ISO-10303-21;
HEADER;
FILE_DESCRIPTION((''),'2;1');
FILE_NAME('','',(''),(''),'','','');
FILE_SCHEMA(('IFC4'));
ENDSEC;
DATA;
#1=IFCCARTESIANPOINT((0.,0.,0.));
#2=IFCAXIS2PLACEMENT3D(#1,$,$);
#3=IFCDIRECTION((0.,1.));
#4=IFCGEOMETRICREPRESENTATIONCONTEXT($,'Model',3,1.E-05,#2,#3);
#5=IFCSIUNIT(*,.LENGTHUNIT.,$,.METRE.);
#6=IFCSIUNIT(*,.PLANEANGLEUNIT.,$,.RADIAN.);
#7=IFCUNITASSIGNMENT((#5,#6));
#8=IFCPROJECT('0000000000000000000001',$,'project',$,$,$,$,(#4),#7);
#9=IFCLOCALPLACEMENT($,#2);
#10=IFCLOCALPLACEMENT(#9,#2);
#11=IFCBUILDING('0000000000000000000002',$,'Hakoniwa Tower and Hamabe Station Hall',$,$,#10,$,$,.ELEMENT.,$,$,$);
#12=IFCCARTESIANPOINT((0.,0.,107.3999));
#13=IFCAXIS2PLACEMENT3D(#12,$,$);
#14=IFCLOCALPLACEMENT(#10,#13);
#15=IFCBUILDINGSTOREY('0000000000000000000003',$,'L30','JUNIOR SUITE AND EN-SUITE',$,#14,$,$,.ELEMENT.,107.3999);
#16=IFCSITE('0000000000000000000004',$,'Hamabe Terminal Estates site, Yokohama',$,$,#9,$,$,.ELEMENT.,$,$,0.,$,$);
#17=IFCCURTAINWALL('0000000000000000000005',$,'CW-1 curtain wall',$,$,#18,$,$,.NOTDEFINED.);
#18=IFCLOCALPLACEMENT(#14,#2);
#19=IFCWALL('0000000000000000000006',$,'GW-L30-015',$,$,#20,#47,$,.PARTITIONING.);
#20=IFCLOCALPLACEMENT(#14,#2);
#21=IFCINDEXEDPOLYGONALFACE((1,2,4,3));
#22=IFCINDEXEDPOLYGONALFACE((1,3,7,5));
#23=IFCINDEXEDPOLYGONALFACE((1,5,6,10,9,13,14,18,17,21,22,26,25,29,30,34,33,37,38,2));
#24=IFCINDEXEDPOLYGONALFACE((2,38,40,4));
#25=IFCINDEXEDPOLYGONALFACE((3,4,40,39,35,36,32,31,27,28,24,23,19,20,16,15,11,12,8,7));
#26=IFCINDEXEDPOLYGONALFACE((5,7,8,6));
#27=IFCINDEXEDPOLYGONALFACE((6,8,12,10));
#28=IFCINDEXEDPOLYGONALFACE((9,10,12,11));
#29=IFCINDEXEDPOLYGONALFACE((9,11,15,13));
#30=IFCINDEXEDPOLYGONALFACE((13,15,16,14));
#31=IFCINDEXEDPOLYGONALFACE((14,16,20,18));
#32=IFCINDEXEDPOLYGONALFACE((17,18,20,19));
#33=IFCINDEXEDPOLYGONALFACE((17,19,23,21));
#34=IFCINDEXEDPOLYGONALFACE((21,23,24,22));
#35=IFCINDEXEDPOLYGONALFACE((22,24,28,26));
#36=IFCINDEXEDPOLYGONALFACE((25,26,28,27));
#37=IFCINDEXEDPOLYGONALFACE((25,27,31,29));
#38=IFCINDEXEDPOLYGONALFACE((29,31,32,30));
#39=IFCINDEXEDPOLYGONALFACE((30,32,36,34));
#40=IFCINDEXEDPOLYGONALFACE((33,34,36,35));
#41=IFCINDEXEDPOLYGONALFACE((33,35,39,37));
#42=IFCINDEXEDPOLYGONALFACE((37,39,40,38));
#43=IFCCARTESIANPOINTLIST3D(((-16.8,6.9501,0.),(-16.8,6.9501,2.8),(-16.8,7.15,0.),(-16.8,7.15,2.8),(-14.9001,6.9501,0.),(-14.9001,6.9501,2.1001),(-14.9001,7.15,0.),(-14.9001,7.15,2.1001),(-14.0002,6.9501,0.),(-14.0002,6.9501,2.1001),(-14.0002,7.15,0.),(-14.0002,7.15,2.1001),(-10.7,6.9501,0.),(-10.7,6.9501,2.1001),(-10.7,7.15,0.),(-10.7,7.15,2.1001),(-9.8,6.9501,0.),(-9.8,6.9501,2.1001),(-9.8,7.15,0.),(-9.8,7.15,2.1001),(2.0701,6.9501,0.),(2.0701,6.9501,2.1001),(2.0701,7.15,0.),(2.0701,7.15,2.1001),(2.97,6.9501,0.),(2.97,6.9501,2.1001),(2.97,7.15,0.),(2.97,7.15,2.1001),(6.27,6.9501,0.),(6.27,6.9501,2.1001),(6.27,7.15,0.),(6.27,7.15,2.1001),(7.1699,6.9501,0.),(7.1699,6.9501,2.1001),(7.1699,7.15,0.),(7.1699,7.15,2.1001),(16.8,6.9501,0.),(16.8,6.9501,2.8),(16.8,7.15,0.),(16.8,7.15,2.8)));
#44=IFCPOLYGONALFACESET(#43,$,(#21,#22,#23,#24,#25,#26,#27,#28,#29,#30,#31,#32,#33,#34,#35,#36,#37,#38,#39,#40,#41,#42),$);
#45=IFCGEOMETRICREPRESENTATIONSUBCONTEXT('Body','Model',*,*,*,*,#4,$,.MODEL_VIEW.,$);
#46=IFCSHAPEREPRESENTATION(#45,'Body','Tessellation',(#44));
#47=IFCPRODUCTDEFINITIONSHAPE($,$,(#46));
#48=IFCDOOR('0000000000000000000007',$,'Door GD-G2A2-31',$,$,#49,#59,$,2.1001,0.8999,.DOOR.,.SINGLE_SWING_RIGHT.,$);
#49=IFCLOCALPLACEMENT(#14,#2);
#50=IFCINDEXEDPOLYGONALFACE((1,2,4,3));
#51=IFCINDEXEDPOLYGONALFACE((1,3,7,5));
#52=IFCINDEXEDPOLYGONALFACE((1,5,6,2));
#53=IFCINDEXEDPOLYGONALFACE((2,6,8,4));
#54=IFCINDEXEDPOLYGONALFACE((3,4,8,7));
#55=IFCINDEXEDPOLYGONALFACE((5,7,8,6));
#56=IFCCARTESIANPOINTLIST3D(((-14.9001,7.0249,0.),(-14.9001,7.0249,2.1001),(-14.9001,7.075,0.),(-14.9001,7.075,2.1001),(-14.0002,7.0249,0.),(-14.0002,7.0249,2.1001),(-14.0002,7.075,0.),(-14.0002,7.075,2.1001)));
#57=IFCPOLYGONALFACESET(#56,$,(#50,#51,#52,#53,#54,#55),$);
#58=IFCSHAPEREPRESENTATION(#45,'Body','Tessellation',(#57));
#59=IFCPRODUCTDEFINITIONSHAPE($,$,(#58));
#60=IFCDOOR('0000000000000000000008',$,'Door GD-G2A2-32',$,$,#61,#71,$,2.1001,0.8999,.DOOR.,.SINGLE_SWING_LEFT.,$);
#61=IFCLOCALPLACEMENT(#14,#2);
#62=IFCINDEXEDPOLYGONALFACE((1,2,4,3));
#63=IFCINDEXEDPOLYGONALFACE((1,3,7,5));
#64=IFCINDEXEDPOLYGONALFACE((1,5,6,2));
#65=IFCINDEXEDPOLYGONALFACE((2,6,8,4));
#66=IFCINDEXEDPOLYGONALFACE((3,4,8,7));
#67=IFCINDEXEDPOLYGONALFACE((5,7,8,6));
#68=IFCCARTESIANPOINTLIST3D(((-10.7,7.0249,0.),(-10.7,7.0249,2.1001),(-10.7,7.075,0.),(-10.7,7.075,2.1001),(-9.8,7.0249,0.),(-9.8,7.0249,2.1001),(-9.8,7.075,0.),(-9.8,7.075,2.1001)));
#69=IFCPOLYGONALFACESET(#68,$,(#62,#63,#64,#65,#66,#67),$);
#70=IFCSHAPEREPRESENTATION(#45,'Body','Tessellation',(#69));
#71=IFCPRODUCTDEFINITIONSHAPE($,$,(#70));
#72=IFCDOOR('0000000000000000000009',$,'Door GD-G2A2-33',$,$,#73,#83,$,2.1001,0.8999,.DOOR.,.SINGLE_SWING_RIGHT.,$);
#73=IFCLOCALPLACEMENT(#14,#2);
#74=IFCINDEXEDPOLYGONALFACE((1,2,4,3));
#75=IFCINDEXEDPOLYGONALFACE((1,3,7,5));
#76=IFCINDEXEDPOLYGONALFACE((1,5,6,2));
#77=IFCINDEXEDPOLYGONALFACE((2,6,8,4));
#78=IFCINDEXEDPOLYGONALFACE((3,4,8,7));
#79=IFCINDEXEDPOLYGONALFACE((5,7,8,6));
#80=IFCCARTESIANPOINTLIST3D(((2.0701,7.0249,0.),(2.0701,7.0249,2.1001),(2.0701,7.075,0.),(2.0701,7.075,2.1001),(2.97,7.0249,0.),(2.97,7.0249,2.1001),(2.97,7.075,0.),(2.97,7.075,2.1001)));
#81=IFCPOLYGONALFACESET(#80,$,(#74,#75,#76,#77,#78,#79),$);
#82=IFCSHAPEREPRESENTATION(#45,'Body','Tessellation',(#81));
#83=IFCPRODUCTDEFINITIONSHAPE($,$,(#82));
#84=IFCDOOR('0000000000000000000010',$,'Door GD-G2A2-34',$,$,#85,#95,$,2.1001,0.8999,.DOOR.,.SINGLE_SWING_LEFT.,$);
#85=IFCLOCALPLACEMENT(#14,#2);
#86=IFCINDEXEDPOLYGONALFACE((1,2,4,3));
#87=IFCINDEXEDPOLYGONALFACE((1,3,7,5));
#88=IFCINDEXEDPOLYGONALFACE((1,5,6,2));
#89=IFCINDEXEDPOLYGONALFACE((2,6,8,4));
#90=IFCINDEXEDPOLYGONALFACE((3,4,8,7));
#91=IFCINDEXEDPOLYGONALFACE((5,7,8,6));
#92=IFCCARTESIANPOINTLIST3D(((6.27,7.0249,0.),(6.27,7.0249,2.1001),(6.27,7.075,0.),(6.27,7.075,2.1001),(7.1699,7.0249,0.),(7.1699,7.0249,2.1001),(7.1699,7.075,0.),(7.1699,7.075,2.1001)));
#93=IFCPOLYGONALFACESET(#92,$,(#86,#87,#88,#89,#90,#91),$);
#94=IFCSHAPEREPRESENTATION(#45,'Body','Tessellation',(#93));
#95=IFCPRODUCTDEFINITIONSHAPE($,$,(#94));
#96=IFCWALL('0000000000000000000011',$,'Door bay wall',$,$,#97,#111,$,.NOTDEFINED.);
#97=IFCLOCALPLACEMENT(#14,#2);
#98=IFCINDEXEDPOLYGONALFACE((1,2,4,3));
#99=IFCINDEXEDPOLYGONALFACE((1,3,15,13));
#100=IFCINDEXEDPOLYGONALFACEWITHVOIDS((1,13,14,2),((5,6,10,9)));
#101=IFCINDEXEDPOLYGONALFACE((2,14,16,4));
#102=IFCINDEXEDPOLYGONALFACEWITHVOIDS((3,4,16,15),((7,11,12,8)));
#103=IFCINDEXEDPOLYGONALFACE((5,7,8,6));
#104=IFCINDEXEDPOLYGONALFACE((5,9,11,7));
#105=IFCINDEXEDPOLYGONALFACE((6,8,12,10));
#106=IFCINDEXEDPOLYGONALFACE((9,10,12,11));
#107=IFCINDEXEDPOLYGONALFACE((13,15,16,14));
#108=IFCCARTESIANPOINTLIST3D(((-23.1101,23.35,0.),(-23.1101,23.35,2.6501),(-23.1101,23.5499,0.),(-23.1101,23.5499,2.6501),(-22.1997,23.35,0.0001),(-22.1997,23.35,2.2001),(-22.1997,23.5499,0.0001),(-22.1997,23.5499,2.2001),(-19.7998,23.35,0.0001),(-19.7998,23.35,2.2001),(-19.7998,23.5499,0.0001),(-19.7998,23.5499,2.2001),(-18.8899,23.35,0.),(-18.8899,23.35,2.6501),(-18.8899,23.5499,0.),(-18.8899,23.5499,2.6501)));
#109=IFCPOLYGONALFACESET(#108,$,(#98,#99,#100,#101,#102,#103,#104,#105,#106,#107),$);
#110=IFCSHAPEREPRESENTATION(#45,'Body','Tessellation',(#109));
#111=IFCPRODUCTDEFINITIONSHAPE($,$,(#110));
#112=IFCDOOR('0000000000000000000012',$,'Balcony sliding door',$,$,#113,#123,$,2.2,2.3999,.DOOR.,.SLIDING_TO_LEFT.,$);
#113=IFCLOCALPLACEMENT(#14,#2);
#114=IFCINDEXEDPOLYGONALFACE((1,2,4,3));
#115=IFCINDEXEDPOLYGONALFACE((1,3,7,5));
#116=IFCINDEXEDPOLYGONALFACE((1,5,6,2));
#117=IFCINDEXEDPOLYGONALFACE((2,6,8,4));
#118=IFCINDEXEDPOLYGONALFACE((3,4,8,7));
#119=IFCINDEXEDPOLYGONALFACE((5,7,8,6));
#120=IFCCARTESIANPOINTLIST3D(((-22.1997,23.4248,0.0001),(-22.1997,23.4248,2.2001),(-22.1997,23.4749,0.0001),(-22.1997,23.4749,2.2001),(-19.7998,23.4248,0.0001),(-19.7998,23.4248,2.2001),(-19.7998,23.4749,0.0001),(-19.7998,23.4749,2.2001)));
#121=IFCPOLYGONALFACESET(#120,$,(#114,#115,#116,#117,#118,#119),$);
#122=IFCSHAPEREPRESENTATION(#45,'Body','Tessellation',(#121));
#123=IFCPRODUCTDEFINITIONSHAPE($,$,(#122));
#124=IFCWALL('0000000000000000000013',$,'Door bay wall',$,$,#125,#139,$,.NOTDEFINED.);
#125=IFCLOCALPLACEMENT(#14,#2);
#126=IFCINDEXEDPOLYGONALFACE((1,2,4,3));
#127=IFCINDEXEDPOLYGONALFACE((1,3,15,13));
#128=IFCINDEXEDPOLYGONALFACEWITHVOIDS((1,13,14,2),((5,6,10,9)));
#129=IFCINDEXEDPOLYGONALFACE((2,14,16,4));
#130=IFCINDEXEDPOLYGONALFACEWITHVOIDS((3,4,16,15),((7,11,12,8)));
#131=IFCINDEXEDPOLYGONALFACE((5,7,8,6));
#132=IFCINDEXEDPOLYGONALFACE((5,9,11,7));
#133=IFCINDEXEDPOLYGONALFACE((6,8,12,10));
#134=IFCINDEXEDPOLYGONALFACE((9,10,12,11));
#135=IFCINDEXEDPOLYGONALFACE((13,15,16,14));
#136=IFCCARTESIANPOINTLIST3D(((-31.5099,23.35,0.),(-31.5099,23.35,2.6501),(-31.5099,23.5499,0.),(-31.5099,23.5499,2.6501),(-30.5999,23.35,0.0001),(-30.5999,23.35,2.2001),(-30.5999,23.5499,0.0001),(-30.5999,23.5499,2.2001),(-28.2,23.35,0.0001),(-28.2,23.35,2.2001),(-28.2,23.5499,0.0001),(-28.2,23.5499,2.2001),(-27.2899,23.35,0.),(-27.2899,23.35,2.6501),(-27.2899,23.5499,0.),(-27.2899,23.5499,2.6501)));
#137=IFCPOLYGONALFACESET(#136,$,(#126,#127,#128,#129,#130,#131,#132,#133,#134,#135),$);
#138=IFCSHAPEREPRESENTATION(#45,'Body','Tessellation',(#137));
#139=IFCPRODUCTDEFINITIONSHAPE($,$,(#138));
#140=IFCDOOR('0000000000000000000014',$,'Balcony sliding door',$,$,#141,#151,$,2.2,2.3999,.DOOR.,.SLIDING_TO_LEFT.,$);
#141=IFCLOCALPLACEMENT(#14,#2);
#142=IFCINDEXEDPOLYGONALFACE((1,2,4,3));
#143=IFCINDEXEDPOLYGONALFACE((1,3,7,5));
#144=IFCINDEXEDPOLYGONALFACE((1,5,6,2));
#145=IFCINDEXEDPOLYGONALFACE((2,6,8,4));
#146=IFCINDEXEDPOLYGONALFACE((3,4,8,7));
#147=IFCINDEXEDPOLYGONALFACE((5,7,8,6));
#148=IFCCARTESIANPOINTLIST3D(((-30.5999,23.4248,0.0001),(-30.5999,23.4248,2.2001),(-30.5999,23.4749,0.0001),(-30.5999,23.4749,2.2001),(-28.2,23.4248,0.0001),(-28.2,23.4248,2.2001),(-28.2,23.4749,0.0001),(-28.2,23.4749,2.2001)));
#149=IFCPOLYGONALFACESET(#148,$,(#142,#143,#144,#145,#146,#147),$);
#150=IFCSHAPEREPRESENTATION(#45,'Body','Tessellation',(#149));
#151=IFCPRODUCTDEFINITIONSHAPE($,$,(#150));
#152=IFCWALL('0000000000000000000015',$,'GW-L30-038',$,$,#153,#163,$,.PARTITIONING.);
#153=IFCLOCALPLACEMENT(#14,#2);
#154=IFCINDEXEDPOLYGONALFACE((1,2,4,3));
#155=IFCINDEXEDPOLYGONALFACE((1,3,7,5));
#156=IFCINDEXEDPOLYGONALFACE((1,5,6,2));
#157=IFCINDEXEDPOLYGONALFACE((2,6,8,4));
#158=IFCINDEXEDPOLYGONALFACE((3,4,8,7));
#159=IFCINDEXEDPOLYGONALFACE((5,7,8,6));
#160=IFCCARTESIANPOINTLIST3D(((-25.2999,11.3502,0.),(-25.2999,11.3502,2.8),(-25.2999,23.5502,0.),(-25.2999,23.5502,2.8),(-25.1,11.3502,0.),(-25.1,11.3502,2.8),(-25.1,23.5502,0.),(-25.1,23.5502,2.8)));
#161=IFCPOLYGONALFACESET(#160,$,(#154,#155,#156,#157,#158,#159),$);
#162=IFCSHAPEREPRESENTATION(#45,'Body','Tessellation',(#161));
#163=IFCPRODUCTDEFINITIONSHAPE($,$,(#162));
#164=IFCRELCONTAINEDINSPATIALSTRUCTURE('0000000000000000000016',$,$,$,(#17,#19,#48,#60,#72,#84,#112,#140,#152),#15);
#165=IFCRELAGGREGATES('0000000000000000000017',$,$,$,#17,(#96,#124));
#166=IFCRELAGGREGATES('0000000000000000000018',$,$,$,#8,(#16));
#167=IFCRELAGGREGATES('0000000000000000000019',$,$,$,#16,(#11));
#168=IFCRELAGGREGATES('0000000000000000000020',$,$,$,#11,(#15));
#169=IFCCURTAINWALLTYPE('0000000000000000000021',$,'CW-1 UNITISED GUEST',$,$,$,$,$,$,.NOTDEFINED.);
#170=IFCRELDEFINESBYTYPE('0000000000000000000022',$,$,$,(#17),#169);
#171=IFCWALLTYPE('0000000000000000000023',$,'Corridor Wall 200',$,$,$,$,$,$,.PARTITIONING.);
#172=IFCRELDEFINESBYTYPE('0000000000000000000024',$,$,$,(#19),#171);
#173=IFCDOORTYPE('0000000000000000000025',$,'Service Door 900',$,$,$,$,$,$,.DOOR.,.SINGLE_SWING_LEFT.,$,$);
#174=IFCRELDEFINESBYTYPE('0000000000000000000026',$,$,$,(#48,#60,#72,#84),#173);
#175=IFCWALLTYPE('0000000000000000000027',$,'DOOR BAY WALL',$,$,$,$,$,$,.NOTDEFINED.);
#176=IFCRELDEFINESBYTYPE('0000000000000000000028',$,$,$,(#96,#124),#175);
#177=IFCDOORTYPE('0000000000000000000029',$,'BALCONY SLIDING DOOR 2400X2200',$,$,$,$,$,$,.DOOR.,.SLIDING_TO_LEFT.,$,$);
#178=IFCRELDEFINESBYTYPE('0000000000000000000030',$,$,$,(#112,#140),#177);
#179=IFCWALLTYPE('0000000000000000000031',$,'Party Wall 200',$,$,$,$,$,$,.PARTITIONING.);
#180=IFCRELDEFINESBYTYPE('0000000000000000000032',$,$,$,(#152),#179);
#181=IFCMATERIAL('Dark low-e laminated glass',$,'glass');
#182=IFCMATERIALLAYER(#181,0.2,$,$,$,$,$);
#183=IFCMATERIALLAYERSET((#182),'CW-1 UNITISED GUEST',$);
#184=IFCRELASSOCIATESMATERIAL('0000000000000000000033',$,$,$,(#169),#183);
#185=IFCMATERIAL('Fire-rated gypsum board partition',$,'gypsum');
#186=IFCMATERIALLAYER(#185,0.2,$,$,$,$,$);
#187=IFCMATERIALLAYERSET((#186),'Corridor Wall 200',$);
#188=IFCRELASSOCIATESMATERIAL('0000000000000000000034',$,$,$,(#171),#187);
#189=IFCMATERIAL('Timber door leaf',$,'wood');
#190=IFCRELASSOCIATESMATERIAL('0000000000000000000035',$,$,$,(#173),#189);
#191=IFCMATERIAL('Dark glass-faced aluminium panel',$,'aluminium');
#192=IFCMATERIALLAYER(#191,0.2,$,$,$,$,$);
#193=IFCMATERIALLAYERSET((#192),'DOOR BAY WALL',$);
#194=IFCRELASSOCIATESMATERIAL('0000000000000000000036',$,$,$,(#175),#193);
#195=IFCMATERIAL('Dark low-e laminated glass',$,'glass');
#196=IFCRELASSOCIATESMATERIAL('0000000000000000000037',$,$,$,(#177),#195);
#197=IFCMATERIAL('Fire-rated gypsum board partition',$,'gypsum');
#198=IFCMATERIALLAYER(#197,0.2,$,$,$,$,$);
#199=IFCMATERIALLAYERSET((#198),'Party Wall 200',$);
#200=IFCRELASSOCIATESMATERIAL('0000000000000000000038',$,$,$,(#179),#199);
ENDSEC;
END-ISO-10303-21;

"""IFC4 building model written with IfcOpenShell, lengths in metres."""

from ifc_helpers import new_model, si_unit, direction, frame, frame_2d, origin, place, context, subcontext, project, spatial, rectangle, extrude, material, layer, layer_set, type_object, element, fill, aggregate, save


model = new_model("IFC4")

# Units and contexts
model_context = context("Model", 3, precision=1e-05, world=origin(), true_north=direction((0.0, 1.0)))
body_context = subcontext(model_context, "Body", "Model", "MODEL_VIEW")
ifc_project = project(units=[si_unit("LENGTHUNIT", "METRE"), si_unit("PLANEANGLEUNIT", "RADIAN")], contexts=[model_context])

# Site, building, storey
site_placement = place(None, origin())
site = spatial("IfcSite", under=ifc_project, at=site_placement, Name="Hamabe Terminal Estates site, Yokohama", CompositionType="ELEMENT", RefElevation=0.0)
building_placement = place(site_placement, origin())
building = spatial("IfcBuilding", under=site, at=building_placement, Name="Hakoniwa Tower and Hamabe Station Hall", CompositionType="ELEMENT")
storey_placement = place(building_placement, frame((0.0, 0.0, 107.3999)))
storey = spatial("IfcBuildingStorey", under=building, at=storey_placement, Name="L30", Description="JUNIOR SUITE AND EN-SUITE", CompositionType="ELEMENT", Elevation=107.3999)

# Curtain wall
ifc_material_1 = material(Name="Dark low-e laminated glass", Category="glass")
ifc_layer_1 = layer(ifc_material_1, 0.2)
ifc_layer_set_1 = layer_set([ifc_layer_1], Name="CW-1 UNITISED GUEST")
curtain_wall_type = type_object("IfcCurtainWallType", Name="CW-1 UNITISED GUEST", PredefinedType="NOTDEFINED", material=ifc_layer_set_1)
curtain_wall_placement = place(storey_placement, origin())
curtain_wall = element("IfcCurtainWall", 1, at=curtain_wall_placement, inside=storey, type_object=curtain_wall_type, Name="CW-1 curtain wall", PredefinedType="NOTDEFINED")

# Wall, openings, doors
ifc_material_2 = material(Name="Fire-rated gypsum board partition", Category="gypsum")
ifc_layer_2 = layer(ifc_material_2, 0.2)
ifc_layer_set_2 = layer_set([ifc_layer_2], Name="Corridor Wall 200")
wall_type_1 = type_object("IfcWallType", Name="Corridor Wall 200", PredefinedType="PARTITIONING", material=ifc_layer_set_2)
ifc_material_3 = material(Name="Timber door leaf", Category="wood")
door_type_1 = type_object("IfcDoorType", Name="Service Door 900", OperationType="SINGLE_SWING_LEFT", PredefinedType="DOOR", material=ifc_material_3)
wall_1_placement = place(storey_placement, frame((-16.8, 7.05, 0.0), z_axis=(0.0, 0.0, 1.0), x_axis=(1.0, 0.0, 0.0)))
wall_1 = element("IfcWall", 2, at=wall_1_placement, inside=storey, type_object=wall_type_1, Name="GW-L30-015", PredefinedType="PARTITIONING", context=body_context, shape_type="SweptSolid", body=[
    extrude(rectangle(XDim=33.6001, YDim=0.2, at=frame_2d((16.8, 0.0))), origin(), (0.0, 0.0, 1.0), 2.8),
])
opening_1_placement = place(wall_1_placement, frame((1.8999, 0.0, 0.0)))
opening_1 = element("IfcOpeningElement", 3, at=opening_1_placement, cuts=wall_1, PredefinedType="OPENING", context=body_context, shape_type="SweptSolid", body=[
    extrude(rectangle(XDim=0.8999, YDim=2.1001, at=frame_2d((0.45, 1.05))), frame((0.0, 0.1099, 0.0), z_axis=(0.0, -1.0, 0.0), x_axis=(1.0, 0.0, 0.0)), (0.0, 0.0, 1.0), 0.22),
])
opening_2_placement = place(wall_1_placement, frame((6.1001, 0.0, 0.0)))
opening_2 = element("IfcOpeningElement", 4, at=opening_2_placement, cuts=wall_1, PredefinedType="OPENING", context=body_context, shape_type="SweptSolid", body=[
    extrude(rectangle(XDim=0.8999, YDim=2.1001, at=frame_2d((0.45, 1.05))), frame((0.0, 0.1099, 0.0), z_axis=(0.0, -1.0, 0.0), x_axis=(1.0, 0.0, 0.0)), (0.0, 0.0, 1.0), 0.22),
])
opening_3_placement = place(wall_1_placement, frame((18.8701, 0.0, 0.0)))
opening_3 = element("IfcOpeningElement", 5, at=opening_3_placement, cuts=wall_1, PredefinedType="OPENING", context=body_context, shape_type="SweptSolid", body=[
    extrude(rectangle(XDim=0.8999, YDim=2.1001, at=frame_2d((0.45, 1.05))), frame((0.0, 0.1099, 0.0), z_axis=(0.0, -1.0, 0.0), x_axis=(1.0, 0.0, 0.0)), (0.0, 0.0, 1.0), 0.22),
])
opening_4_placement = place(wall_1_placement, frame((23.0701, 0.0, 0.0)))
opening_4 = element("IfcOpeningElement", 6, at=opening_4_placement, cuts=wall_1, PredefinedType="OPENING", context=body_context, shape_type="SweptSolid", body=[
    extrude(rectangle(XDim=0.8999, YDim=2.1001, at=frame_2d((0.45, 1.05))), frame((0.0, 0.1099, 0.0), z_axis=(0.0, -1.0, 0.0), x_axis=(1.0, 0.0, 0.0)), (0.0, 0.0, 1.0), 0.22),
])
door_1_placement = place(opening_1_placement, origin())
door_1 = element("IfcDoor", 7, at=door_1_placement, inside=storey, type_object=door_type_1, Name="Door GD-G2A2-31", OperationType="SINGLE_SWING_RIGHT", OverallHeight=2.1001, OverallWidth=0.8999, PredefinedType="DOOR", context=body_context, shape_type="SweptSolid", body=[
    extrude(rectangle(XDim=0.8999, YDim=2.1001, at=frame_2d((0.45, 1.05))), frame((0.0, 0.0249, 0.0), z_axis=(0.0, -1.0, 0.0), x_axis=(1.0, 0.0, 0.0)), (0.0, 0.0, 1.0), 0.05),
])
fill(opening_1, door_1)
door_2_placement = place(opening_2_placement, origin())
door_2 = element("IfcDoor", 8, at=door_2_placement, inside=storey, type_object=door_type_1, Name="Door GD-G2A2-32", OperationType="SINGLE_SWING_LEFT", OverallHeight=2.1001, OverallWidth=0.8999, PredefinedType="DOOR", context=body_context, shape_type="SweptSolid", body=[
    extrude(rectangle(XDim=0.8999, YDim=2.1001, at=frame_2d((0.45, 1.05))), frame((0.0, 0.0249, 0.0), z_axis=(0.0, -1.0, 0.0), x_axis=(1.0, 0.0, 0.0)), (0.0, 0.0, 1.0), 0.05),
])
fill(opening_2, door_2)
door_3_placement = place(opening_3_placement, origin())
door_3 = element("IfcDoor", 9, at=door_3_placement, inside=storey, type_object=door_type_1, Name="Door GD-G2A2-33", OperationType="SINGLE_SWING_RIGHT", OverallHeight=2.1001, OverallWidth=0.8999, PredefinedType="DOOR", context=body_context, shape_type="SweptSolid", body=[
    extrude(rectangle(XDim=0.8999, YDim=2.1001, at=frame_2d((0.45, 1.05))), frame((0.0, 0.0249, 0.0), z_axis=(0.0, -1.0, 0.0), x_axis=(1.0, 0.0, 0.0)), (0.0, 0.0, 1.0), 0.05),
])
fill(opening_3, door_3)
door_4_placement = place(opening_4_placement, origin())
door_4 = element("IfcDoor", 10, at=door_4_placement, inside=storey, type_object=door_type_1, Name="Door GD-G2A2-34", OperationType="SINGLE_SWING_LEFT", OverallHeight=2.1001, OverallWidth=0.8999, PredefinedType="DOOR", context=body_context, shape_type="SweptSolid", body=[
    extrude(rectangle(XDim=0.8999, YDim=2.1001, at=frame_2d((0.45, 1.05))), frame((0.0, 0.0249, 0.0), z_axis=(0.0, -1.0, 0.0), x_axis=(1.0, 0.0, 0.0)), (0.0, 0.0, 1.0), 0.05),
])
fill(opening_4, door_4)

# Walls, openings, doors
ifc_material_4 = material(Name="Dark glass-faced aluminium panel", Category="aluminium")
ifc_layer_3 = layer(ifc_material_4, 0.2)
ifc_layer_set_3 = layer_set([ifc_layer_3], Name="DOOR BAY WALL")
wall_type_2 = type_object("IfcWallType", Name="DOOR BAY WALL", PredefinedType="NOTDEFINED", material=ifc_layer_set_3)
wall_2_placement = place(storey_placement, frame((-18.8899, 23.45, 0.0), z_axis=(0.0, 0.0, 1.0), x_axis=(-1.0, 0.0, 0.0)))
wall_2 = element("IfcWall", 11, at=wall_2_placement, type_object=wall_type_2, Name="Door bay wall", PredefinedType="NOTDEFINED", context=body_context, shape_type="SweptSolid", body=[
    extrude(rectangle(XDim=4.2202, YDim=0.2, at=frame_2d((2.1101, 0.0))), origin(), (0.0, 0.0, 1.0), 2.6501),
])
opening_5_placement = place(wall_2_placement, frame((0.9099, 0.0, 0.0)))
opening_5 = element("IfcOpeningElement", 12, at=opening_5_placement, cuts=wall_2, PredefinedType="OPENING", context=body_context, shape_type="SweptSolid", body=[
    extrude(rectangle(XDim=2.3999, YDim=2.2, at=frame_2d((1.2, 1.1001))), frame((0.0, 0.1099, 0.0), z_axis=(0.0, -1.0, 0.0), x_axis=(1.0, 0.0, 0.0)), (0.0, 0.0, 1.0), 0.22),
])
ifc_material_5 = material(Name="Dark low-e laminated glass", Category="glass")
door_type_2 = type_object("IfcDoorType", Name="BALCONY SLIDING DOOR 2400X2200", OperationType="SLIDING_TO_LEFT", PredefinedType="DOOR", material=ifc_material_5)
door_5_placement = place(opening_5_placement, frame((2.3999, 0.0, 0.0), z_axis=(0.0, 0.0, 1.0), x_axis=(-1.0, 0.0, 0.0)))
door_5 = element("IfcDoor", 13, at=door_5_placement, inside=storey, type_object=door_type_2, Name="Balcony sliding door", OperationType="SLIDING_TO_LEFT", OverallHeight=2.2, OverallWidth=2.3999, PredefinedType="DOOR", context=body_context, shape_type="SweptSolid", body=[
    extrude(rectangle(XDim=2.3999, YDim=2.2, at=frame_2d((1.2, 1.1001))), frame((0.0, 0.0249, 0.0), z_axis=(0.0, -1.0, 0.0), x_axis=(1.0, 0.0, 0.0)), (0.0, 0.0, 1.0), 0.05),
])
fill(opening_5, door_5)
wall_3_placement = place(storey_placement, frame((-27.29, 23.45, 0.0), z_axis=(0.0, 0.0, 1.0), x_axis=(-1.0, 0.0, 0.0)))
wall_3 = element("IfcWall", 14, at=wall_3_placement, type_object=wall_type_2, Name="Door bay wall", PredefinedType="NOTDEFINED", context=body_context, shape_type="SweptSolid", body=[
    extrude(rectangle(XDim=4.22, YDim=0.2, at=frame_2d((2.1099, 0.0))), origin(), (0.0, 0.0, 1.0), 2.6501),
])
opening_6_placement = place(wall_3_placement, frame((0.9099, 0.0, 0.0)))
opening_6 = element("IfcOpeningElement", 15, at=opening_6_placement, cuts=wall_3, PredefinedType="OPENING", context=body_context, shape_type="SweptSolid", body=[
    extrude(rectangle(XDim=2.3999, YDim=2.2, at=frame_2d((1.2, 1.1001))), frame((0.0, 0.1099, 0.0), z_axis=(0.0, -1.0, 0.0), x_axis=(1.0, 0.0, 0.0)), (0.0, 0.0, 1.0), 0.22),
])
door_6_placement = place(opening_6_placement, frame((2.3999, 0.0, 0.0), z_axis=(0.0, 0.0, 1.0), x_axis=(-1.0, 0.0, 0.0)))
door_6 = element("IfcDoor", 16, at=door_6_placement, inside=storey, type_object=door_type_2, Name="Balcony sliding door", OperationType="SLIDING_TO_LEFT", OverallHeight=2.2, OverallWidth=2.3999, PredefinedType="DOOR", context=body_context, shape_type="SweptSolid", body=[
    extrude(rectangle(XDim=2.3999, YDim=2.2, at=frame_2d((1.2, 1.1001))), frame((0.0, 0.0249, 0.0), z_axis=(0.0, -1.0, 0.0), x_axis=(1.0, 0.0, 0.0)), (0.0, 0.0, 1.0), 0.05),
])
fill(opening_6, door_6)
aggregate(curtain_wall, [wall_2, wall_3])

# Wall
ifc_material_6 = material(Name="Fire-rated gypsum board partition", Category="gypsum")
ifc_layer_4 = layer(ifc_material_6, 0.2)
ifc_layer_set_4 = layer_set([ifc_layer_4], Name="Party Wall 200")
wall_type_3 = type_object("IfcWallType", Name="Party Wall 200", PredefinedType="PARTITIONING", material=ifc_layer_set_4)
wall_4_placement = place(storey_placement, frame((-25.2, 11.3501, 0.0), z_axis=(0.0, 0.0, 1.0), x_axis=(0.0, 1.0, 0.0)))
element("IfcWall", 17, at=wall_4_placement, inside=storey, type_object=wall_type_3, Name="GW-L30-038", PredefinedType="PARTITIONING", context=body_context, shape_type="SweptSolid", body=[
    extrude(rectangle(XDim=12.2, YDim=0.2, at=frame_2d((6.1001, 0.0))), origin(), (0.0, 0.0, 1.0), 2.8),
])

save(model, "model.ifc")
